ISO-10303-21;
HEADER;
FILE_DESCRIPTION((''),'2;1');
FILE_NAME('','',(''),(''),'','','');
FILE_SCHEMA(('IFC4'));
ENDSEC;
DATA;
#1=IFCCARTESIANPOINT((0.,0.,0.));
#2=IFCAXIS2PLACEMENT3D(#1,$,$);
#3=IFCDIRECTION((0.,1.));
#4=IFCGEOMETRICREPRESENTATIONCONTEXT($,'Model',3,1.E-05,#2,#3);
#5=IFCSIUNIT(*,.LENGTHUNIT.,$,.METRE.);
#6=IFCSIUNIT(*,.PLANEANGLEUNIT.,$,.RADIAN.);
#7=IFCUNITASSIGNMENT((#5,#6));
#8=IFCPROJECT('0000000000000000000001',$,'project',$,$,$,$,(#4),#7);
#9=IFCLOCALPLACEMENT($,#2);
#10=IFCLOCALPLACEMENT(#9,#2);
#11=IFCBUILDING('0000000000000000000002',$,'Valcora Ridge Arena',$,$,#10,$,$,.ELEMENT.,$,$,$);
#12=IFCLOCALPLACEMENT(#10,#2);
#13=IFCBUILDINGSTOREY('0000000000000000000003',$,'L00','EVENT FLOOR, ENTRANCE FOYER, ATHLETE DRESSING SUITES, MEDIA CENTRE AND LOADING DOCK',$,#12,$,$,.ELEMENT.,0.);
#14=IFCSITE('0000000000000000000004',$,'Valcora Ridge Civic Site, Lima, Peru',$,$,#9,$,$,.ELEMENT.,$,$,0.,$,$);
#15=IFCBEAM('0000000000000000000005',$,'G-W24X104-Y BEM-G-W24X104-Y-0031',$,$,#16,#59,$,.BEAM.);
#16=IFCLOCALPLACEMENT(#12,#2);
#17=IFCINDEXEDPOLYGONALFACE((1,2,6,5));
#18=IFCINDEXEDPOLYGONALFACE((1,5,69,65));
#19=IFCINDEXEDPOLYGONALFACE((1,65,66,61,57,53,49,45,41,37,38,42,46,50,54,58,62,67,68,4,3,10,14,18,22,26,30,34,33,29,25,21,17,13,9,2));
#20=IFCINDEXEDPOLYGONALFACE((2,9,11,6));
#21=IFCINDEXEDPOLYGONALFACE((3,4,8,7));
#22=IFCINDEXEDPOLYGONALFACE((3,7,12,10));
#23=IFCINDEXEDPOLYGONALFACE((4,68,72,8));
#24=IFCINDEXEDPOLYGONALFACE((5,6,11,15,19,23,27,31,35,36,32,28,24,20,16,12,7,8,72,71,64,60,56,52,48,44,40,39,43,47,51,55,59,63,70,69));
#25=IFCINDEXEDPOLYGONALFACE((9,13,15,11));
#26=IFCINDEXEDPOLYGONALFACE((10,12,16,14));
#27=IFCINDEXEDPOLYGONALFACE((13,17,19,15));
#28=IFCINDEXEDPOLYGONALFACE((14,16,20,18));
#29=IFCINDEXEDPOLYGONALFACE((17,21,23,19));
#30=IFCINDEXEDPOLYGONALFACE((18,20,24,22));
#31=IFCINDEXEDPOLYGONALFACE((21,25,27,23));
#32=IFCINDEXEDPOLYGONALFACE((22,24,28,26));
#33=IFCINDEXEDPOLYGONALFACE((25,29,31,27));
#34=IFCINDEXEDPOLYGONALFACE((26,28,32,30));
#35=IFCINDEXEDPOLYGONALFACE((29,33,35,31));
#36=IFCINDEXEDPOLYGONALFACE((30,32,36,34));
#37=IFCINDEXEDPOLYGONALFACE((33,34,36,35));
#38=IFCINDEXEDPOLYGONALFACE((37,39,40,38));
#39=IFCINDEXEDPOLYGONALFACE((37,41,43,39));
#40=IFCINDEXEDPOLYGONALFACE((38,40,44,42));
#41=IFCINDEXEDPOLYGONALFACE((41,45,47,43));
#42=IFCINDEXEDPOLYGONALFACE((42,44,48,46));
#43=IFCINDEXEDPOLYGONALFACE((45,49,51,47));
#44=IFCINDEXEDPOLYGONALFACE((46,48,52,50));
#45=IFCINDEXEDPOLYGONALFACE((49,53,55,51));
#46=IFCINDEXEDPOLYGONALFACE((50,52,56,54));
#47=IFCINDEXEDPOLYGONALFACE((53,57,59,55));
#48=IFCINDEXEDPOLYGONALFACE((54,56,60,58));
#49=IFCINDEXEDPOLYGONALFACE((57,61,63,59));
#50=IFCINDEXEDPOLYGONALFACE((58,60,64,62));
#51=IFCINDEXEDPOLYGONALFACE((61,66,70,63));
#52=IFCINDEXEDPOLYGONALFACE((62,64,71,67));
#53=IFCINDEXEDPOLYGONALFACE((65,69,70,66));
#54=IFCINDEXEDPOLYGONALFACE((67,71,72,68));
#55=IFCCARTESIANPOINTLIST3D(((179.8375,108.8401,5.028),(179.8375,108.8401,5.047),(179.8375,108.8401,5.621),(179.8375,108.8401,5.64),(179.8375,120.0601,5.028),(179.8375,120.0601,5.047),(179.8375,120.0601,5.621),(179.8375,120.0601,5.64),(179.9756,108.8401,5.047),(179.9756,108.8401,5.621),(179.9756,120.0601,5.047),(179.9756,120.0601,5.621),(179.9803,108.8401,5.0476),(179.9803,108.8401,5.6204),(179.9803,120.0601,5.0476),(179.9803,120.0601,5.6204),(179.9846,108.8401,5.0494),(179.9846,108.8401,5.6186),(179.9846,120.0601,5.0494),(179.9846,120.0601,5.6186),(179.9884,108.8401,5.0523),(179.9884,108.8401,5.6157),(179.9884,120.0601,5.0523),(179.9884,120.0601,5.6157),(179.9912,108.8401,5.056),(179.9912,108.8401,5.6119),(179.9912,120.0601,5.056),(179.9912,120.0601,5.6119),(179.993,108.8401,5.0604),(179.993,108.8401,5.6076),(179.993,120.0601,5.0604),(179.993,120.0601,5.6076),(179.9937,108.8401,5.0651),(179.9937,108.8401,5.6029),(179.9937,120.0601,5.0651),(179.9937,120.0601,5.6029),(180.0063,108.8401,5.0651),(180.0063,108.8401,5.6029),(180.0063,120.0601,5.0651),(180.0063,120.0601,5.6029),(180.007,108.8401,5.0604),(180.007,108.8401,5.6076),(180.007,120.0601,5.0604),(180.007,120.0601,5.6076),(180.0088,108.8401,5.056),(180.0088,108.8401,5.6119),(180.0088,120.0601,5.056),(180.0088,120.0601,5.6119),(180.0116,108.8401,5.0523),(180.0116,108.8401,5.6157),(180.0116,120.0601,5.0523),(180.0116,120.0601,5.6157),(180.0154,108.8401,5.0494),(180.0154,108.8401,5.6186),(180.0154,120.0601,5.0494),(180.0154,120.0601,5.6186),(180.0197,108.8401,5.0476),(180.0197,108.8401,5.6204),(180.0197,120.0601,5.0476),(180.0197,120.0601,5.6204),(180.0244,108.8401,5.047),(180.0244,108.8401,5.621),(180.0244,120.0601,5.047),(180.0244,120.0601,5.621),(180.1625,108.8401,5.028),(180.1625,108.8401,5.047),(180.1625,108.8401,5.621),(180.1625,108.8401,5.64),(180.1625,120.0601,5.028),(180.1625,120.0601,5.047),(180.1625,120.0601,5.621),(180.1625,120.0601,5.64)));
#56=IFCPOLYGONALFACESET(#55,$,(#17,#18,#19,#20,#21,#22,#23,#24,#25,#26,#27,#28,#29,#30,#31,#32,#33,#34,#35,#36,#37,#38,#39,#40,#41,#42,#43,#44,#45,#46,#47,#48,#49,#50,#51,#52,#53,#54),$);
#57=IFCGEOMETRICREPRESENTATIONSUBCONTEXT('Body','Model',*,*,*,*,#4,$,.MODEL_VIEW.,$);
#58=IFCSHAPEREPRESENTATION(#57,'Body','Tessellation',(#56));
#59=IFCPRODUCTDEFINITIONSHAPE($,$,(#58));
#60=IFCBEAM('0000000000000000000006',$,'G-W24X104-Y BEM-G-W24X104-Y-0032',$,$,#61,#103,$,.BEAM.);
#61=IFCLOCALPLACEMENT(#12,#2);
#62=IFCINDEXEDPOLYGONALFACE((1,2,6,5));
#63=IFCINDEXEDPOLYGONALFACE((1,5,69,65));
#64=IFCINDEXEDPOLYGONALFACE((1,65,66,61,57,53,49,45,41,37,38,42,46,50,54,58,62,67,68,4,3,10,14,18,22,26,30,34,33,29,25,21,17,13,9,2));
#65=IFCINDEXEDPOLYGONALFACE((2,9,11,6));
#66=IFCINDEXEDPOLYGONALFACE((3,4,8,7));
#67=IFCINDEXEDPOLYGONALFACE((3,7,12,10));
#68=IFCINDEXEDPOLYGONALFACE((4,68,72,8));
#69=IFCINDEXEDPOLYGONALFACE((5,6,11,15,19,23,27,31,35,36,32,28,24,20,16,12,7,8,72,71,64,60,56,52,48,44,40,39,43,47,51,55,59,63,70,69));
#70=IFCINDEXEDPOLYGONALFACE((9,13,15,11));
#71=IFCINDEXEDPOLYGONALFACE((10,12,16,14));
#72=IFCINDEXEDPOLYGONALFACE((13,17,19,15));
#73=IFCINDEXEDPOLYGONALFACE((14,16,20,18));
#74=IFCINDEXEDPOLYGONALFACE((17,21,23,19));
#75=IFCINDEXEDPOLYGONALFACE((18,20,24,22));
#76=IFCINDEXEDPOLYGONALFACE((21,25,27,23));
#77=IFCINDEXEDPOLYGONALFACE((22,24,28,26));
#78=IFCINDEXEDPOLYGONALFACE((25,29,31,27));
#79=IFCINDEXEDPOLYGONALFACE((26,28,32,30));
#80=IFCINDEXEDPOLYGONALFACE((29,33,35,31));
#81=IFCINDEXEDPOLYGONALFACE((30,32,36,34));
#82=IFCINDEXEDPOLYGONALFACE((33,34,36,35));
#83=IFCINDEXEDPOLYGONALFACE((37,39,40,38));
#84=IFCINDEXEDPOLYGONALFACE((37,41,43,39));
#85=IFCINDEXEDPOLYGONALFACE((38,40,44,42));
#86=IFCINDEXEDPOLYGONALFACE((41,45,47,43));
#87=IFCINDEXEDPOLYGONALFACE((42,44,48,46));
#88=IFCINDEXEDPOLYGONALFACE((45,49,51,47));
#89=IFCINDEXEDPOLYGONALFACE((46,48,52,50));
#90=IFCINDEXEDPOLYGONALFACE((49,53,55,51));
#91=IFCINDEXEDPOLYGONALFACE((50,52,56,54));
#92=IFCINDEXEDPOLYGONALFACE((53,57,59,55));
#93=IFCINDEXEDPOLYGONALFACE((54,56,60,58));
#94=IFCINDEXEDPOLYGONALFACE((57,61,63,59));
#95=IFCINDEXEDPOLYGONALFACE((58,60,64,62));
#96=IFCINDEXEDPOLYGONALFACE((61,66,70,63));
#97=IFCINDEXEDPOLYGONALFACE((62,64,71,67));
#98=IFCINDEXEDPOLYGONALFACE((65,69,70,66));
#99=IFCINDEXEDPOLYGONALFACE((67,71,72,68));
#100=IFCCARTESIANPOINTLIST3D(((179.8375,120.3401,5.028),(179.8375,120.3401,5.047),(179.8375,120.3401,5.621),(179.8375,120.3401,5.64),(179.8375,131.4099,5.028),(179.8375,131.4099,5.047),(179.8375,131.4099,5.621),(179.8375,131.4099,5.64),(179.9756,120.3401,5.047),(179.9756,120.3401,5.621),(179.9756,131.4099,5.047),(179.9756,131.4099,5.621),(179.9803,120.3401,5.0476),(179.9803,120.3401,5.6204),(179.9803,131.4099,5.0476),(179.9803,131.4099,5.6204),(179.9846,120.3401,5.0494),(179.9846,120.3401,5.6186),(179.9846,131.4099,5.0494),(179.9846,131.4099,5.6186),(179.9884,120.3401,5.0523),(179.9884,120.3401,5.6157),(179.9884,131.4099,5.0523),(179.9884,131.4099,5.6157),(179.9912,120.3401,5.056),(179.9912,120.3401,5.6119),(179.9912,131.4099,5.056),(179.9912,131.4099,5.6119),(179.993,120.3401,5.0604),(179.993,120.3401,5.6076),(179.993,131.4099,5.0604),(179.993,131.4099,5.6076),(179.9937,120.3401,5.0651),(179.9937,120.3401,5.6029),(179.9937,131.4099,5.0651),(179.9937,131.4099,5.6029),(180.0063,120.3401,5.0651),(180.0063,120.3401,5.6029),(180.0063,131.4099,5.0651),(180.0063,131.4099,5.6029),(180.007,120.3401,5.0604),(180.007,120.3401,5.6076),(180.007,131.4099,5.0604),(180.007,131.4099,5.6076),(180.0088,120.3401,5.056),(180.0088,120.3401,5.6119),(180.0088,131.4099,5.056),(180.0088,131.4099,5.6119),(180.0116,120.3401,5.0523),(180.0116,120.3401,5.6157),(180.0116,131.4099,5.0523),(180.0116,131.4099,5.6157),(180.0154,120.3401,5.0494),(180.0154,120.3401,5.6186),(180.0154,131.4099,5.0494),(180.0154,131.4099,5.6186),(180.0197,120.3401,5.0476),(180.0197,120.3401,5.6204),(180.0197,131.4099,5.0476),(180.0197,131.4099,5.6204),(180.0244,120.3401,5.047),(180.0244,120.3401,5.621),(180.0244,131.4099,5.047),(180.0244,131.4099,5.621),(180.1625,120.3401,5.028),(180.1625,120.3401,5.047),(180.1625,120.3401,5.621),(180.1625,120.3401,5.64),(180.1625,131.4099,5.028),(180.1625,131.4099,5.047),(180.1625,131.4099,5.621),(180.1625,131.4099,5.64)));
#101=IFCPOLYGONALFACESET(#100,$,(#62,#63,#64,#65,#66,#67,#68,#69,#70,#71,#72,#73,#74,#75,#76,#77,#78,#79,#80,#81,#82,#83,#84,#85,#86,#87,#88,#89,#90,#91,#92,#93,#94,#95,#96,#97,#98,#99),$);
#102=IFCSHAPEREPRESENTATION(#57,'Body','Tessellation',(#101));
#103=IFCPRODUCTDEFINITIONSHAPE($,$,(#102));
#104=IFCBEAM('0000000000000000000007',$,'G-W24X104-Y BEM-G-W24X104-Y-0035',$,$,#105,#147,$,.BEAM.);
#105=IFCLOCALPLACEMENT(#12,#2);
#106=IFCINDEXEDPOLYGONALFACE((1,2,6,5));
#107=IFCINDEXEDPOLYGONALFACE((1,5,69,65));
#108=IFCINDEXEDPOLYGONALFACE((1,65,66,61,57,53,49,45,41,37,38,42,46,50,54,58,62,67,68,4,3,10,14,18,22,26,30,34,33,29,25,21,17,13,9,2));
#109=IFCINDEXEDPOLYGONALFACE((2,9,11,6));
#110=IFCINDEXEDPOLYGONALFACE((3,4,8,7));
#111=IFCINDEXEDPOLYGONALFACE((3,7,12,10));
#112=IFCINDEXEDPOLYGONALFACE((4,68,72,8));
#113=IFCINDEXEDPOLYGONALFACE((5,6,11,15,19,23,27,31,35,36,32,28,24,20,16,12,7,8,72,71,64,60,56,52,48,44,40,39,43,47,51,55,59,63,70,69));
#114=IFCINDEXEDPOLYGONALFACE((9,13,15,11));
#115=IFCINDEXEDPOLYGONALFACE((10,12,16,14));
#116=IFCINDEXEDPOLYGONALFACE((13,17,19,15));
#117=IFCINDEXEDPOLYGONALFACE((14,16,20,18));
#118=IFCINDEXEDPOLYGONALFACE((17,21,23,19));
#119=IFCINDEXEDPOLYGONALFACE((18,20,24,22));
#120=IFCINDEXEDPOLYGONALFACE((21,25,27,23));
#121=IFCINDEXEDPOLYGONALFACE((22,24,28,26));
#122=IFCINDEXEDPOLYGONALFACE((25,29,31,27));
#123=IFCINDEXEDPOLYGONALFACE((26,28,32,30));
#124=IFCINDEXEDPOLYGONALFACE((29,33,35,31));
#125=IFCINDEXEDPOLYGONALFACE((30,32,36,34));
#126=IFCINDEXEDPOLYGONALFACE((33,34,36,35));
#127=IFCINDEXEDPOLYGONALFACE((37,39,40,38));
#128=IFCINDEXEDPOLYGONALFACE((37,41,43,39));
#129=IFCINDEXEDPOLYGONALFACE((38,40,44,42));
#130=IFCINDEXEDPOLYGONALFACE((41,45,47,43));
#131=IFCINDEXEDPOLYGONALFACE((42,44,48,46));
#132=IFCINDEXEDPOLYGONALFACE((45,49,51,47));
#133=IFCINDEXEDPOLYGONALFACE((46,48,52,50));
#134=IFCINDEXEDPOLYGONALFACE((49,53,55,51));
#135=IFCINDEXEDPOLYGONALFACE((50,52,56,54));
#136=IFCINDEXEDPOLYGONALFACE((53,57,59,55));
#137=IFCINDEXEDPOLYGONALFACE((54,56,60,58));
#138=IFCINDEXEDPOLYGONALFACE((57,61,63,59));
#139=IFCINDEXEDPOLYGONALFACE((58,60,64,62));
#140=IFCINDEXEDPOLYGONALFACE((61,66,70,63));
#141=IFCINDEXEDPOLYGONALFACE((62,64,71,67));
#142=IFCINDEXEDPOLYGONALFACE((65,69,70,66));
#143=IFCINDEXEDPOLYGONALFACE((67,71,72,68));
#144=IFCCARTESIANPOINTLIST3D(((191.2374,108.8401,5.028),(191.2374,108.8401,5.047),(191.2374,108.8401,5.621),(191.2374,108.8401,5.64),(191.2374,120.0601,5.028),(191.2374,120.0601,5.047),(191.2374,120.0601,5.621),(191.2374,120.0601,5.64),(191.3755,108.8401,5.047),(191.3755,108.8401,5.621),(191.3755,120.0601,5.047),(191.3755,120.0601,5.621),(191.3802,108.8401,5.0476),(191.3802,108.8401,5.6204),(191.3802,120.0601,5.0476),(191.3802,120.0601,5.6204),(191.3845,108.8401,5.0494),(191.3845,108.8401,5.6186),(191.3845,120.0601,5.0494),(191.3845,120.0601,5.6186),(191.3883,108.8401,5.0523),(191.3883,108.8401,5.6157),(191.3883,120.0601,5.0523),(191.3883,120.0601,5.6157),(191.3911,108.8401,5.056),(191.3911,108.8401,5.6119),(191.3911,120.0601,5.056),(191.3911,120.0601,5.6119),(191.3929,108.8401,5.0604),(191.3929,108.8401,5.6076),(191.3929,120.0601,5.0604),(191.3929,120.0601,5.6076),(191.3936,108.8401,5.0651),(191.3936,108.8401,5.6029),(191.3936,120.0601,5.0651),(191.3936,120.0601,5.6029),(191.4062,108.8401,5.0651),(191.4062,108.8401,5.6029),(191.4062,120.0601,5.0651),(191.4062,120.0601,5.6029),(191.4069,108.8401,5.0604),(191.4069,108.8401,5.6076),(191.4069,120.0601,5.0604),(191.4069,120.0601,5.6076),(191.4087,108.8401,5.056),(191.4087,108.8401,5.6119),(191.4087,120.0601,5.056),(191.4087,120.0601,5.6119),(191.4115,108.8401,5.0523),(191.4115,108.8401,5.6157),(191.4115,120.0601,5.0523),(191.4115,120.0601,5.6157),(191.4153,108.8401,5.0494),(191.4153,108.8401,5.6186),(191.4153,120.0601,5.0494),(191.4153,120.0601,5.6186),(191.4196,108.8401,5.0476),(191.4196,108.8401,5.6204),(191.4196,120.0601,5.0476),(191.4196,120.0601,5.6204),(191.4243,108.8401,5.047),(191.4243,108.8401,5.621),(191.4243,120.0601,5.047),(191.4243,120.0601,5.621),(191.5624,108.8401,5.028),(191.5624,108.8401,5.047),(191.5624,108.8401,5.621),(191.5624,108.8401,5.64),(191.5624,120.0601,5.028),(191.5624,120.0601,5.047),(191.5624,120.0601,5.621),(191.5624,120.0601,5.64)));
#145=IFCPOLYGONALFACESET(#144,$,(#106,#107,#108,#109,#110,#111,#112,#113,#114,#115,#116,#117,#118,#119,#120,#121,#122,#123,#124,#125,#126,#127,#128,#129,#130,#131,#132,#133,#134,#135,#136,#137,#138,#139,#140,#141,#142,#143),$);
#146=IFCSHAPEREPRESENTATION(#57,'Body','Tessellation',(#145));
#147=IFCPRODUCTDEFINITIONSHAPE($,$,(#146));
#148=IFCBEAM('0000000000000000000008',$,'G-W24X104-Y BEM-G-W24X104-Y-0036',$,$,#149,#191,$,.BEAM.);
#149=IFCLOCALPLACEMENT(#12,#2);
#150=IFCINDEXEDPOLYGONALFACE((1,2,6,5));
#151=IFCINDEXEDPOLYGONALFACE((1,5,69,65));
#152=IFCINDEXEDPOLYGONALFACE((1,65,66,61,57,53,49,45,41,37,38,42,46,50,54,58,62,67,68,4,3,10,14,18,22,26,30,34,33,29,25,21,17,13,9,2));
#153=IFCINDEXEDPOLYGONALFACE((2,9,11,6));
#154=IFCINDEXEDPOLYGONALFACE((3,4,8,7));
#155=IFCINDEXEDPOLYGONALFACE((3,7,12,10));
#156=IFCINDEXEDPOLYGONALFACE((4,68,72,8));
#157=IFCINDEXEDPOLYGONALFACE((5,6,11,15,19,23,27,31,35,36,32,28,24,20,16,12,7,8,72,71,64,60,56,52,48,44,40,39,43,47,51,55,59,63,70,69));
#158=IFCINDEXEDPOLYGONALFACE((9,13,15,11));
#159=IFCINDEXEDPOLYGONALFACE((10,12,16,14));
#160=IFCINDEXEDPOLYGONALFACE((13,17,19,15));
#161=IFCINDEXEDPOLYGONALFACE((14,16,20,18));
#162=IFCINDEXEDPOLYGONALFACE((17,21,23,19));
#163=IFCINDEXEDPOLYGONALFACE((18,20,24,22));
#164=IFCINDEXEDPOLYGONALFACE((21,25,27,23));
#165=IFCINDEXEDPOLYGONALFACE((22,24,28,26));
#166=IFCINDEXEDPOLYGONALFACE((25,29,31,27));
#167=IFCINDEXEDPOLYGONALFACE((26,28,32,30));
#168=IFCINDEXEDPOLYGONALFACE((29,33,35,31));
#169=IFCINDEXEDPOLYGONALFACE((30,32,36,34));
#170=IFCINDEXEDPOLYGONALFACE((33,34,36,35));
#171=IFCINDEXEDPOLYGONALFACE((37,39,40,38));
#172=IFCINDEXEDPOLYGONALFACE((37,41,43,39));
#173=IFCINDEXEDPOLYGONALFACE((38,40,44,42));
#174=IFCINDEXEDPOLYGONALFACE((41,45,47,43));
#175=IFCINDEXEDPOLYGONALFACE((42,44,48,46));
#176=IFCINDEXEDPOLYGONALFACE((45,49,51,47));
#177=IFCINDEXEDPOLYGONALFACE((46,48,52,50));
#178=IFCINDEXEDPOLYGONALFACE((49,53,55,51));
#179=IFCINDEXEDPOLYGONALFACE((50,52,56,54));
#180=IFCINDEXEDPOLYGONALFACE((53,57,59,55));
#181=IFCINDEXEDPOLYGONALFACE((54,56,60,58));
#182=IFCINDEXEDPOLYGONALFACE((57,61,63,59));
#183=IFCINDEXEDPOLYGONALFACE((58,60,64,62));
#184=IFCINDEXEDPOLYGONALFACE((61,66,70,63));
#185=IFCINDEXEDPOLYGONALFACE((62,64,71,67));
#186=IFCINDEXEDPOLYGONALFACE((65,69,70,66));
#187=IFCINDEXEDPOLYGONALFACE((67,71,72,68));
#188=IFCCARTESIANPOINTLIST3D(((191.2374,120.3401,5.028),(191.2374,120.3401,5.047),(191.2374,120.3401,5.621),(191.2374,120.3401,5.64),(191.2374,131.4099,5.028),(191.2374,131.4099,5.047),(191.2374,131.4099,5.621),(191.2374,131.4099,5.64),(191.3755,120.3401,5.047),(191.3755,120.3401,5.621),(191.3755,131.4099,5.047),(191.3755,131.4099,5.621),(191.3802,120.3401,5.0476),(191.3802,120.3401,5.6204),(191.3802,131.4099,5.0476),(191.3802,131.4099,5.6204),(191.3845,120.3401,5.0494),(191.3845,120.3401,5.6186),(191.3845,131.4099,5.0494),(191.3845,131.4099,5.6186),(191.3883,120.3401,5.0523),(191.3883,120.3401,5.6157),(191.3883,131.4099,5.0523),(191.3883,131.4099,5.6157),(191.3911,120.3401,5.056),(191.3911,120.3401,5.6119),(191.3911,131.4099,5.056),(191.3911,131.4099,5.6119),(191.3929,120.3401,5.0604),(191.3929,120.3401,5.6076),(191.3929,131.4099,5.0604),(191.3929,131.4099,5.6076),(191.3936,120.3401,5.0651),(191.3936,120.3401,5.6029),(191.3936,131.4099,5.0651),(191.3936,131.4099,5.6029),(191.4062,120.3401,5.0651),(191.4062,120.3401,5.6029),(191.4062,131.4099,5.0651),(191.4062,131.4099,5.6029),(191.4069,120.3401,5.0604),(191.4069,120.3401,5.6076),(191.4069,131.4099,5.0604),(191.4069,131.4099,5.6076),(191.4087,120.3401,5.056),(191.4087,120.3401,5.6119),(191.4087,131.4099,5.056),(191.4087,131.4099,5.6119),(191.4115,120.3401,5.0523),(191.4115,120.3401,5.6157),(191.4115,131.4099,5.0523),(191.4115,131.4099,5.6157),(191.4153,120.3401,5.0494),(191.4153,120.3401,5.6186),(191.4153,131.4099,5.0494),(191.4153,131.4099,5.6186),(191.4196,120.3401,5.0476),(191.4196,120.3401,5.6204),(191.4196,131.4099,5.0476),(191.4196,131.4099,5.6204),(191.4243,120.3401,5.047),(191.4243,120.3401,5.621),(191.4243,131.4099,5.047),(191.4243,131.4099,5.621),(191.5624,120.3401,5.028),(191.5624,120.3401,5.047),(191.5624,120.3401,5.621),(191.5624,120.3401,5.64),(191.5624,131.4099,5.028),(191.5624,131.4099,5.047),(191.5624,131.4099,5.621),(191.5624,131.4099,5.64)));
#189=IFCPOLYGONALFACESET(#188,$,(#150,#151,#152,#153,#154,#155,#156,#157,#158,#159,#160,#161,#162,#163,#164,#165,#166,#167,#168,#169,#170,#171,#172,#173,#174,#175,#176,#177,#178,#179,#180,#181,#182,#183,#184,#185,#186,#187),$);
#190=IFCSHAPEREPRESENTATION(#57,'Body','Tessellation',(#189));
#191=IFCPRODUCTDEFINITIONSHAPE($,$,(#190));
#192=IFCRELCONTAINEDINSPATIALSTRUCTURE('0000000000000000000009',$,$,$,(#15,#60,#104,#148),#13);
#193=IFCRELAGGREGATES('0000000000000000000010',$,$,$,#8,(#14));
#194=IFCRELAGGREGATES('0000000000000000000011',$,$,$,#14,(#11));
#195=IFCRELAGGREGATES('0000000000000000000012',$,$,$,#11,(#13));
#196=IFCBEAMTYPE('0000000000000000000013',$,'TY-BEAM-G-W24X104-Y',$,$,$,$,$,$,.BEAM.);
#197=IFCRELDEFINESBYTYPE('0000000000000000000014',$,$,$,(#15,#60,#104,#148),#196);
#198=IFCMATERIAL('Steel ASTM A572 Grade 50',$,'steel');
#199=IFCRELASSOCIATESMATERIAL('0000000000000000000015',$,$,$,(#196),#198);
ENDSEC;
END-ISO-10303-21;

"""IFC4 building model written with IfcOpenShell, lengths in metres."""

from ifc_helpers import new_model, si_unit, direction, frame, origin, origin_2d, place, context, subcontext, project, spatial, i_section, extrude, material, material_profile, profile_set, type_object, element, save


model = new_model("IFC4")

# Units and contexts
model_context = context("Model", 3, precision=1e-05, world=origin(), true_north=direction((0.0, 1.0)))
body_context = subcontext(model_context, "Body", "Model", "MODEL_VIEW")
ifc_project = project(units=[si_unit("LENGTHUNIT", "METRE"), si_unit("PLANEANGLEUNIT", "RADIAN")], contexts=[model_context])

# Site, building, storey
site_placement = place(None, origin())
site = spatial("IfcSite", under=ifc_project, at=site_placement, Name="Valcora Ridge Civic Site, Lima, Peru", CompositionType="ELEMENT", RefElevation=0.0)
building_placement = place(site_placement, origin())
building = spatial("IfcBuilding", under=site, at=building_placement, Name="Valcora Ridge Arena", CompositionType="ELEMENT")
storey_placement = place(building_placement, origin())
storey = spatial("IfcBuildingStorey", under=building, at=storey_placement, Name="L00", Description="EVENT FLOOR, ENTRANCE FOYER, ATHLETE DRESSING SUITES, MEDIA CENTRE AND LOADING DOCK", CompositionType="ELEMENT", Elevation=0.0)

# Beams
ifc_material_1 = material(Name="Steel ASTM A572 Grade 50", Category="steel")
ifc_material_profile_1 = material_profile(ifc_material_1, i_section(OverallWidth=0.325, OverallDepth=0.6121, WebThickness=0.0127, FlangeThickness=0.019, FilletRadius=0.0181, at=origin_2d()), Name="W24X104")
ifc_profile_set_1 = profile_set([ifc_material_profile_1], Name="Steel ASTM A572 Grade 50")
beam_type_1 = type_object("IfcBeamType", Name="TY-BEAM-G-W24X104-Y", PredefinedType="BEAM", material=ifc_profile_set_1)
beam_1_placement = place(storey_placement, frame((180.0, 108.8401, 5.334), z_axis=(0.0, 1.0, 0.0), x_axis=(-1.0, 0.0, 0.0)))
element("IfcBeam", 1, at=beam_1_placement, inside=storey, type_object=beam_type_1, Name="G-W24X104-Y BEM-G-W24X104-Y-0031", PredefinedType="BEAM", context=body_context, shape_type="SweptSolid", body=[
    extrude(i_section(OverallWidth=0.325, OverallDepth=0.6121, WebThickness=0.0127, FlangeThickness=0.019, FilletRadius=0.0181, at=origin_2d()), origin(), (0.0, 0.0, 1.0), 11.22),
])
beam_2_placement = place(storey_placement, frame((180.0, 120.3401, 5.334), z_axis=(0.0, 1.0, 0.0), x_axis=(-1.0, 0.0, 0.0)))
element("IfcBeam", 2, at=beam_2_placement, inside=storey, type_object=beam_type_1, Name="G-W24X104-Y BEM-G-W24X104-Y-0032", PredefinedType="BEAM", context=body_context, shape_type="SweptSolid", body=[
    extrude(i_section(OverallWidth=0.325, OverallDepth=0.6121, WebThickness=0.0127, FlangeThickness=0.019, FilletRadius=0.0181, at=origin_2d()), origin(), (0.0, 0.0, 1.0), 11.0698),
])
beam_3_placement = place(storey_placement, frame((191.3999, 108.8401, 5.334), z_axis=(0.0, 1.0, 0.0), x_axis=(-1.0, 0.0, 0.0)))
element("IfcBeam", 3, at=beam_3_placement, inside=storey, type_object=beam_type_1, Name="G-W24X104-Y BEM-G-W24X104-Y-0035", PredefinedType="BEAM", context=body_context, shape_type="SweptSolid", body=[
    extrude(i_section(OverallWidth=0.325, OverallDepth=0.6121, WebThickness=0.0127, FlangeThickness=0.019, FilletRadius=0.0181, at=origin_2d()), origin(), (0.0, 0.0, 1.0), 11.22),
])
beam_4_placement = place(storey_placement, frame((191.3999, 120.3401, 5.334), z_axis=(0.0, 1.0, 0.0), x_axis=(-1.0, 0.0, 0.0)))
element("IfcBeam", 4, at=beam_4_placement, inside=storey, type_object=beam_type_1, Name="G-W24X104-Y BEM-G-W24X104-Y-0036", PredefinedType="BEAM", context=body_context, shape_type="SweptSolid", body=[
    extrude(i_section(OverallWidth=0.325, OverallDepth=0.6121, WebThickness=0.0127, FlangeThickness=0.019, FilletRadius=0.0181, at=origin_2d()), origin(), (0.0, 0.0, 1.0), 11.0698),
])

save(model, "model.ifc")
